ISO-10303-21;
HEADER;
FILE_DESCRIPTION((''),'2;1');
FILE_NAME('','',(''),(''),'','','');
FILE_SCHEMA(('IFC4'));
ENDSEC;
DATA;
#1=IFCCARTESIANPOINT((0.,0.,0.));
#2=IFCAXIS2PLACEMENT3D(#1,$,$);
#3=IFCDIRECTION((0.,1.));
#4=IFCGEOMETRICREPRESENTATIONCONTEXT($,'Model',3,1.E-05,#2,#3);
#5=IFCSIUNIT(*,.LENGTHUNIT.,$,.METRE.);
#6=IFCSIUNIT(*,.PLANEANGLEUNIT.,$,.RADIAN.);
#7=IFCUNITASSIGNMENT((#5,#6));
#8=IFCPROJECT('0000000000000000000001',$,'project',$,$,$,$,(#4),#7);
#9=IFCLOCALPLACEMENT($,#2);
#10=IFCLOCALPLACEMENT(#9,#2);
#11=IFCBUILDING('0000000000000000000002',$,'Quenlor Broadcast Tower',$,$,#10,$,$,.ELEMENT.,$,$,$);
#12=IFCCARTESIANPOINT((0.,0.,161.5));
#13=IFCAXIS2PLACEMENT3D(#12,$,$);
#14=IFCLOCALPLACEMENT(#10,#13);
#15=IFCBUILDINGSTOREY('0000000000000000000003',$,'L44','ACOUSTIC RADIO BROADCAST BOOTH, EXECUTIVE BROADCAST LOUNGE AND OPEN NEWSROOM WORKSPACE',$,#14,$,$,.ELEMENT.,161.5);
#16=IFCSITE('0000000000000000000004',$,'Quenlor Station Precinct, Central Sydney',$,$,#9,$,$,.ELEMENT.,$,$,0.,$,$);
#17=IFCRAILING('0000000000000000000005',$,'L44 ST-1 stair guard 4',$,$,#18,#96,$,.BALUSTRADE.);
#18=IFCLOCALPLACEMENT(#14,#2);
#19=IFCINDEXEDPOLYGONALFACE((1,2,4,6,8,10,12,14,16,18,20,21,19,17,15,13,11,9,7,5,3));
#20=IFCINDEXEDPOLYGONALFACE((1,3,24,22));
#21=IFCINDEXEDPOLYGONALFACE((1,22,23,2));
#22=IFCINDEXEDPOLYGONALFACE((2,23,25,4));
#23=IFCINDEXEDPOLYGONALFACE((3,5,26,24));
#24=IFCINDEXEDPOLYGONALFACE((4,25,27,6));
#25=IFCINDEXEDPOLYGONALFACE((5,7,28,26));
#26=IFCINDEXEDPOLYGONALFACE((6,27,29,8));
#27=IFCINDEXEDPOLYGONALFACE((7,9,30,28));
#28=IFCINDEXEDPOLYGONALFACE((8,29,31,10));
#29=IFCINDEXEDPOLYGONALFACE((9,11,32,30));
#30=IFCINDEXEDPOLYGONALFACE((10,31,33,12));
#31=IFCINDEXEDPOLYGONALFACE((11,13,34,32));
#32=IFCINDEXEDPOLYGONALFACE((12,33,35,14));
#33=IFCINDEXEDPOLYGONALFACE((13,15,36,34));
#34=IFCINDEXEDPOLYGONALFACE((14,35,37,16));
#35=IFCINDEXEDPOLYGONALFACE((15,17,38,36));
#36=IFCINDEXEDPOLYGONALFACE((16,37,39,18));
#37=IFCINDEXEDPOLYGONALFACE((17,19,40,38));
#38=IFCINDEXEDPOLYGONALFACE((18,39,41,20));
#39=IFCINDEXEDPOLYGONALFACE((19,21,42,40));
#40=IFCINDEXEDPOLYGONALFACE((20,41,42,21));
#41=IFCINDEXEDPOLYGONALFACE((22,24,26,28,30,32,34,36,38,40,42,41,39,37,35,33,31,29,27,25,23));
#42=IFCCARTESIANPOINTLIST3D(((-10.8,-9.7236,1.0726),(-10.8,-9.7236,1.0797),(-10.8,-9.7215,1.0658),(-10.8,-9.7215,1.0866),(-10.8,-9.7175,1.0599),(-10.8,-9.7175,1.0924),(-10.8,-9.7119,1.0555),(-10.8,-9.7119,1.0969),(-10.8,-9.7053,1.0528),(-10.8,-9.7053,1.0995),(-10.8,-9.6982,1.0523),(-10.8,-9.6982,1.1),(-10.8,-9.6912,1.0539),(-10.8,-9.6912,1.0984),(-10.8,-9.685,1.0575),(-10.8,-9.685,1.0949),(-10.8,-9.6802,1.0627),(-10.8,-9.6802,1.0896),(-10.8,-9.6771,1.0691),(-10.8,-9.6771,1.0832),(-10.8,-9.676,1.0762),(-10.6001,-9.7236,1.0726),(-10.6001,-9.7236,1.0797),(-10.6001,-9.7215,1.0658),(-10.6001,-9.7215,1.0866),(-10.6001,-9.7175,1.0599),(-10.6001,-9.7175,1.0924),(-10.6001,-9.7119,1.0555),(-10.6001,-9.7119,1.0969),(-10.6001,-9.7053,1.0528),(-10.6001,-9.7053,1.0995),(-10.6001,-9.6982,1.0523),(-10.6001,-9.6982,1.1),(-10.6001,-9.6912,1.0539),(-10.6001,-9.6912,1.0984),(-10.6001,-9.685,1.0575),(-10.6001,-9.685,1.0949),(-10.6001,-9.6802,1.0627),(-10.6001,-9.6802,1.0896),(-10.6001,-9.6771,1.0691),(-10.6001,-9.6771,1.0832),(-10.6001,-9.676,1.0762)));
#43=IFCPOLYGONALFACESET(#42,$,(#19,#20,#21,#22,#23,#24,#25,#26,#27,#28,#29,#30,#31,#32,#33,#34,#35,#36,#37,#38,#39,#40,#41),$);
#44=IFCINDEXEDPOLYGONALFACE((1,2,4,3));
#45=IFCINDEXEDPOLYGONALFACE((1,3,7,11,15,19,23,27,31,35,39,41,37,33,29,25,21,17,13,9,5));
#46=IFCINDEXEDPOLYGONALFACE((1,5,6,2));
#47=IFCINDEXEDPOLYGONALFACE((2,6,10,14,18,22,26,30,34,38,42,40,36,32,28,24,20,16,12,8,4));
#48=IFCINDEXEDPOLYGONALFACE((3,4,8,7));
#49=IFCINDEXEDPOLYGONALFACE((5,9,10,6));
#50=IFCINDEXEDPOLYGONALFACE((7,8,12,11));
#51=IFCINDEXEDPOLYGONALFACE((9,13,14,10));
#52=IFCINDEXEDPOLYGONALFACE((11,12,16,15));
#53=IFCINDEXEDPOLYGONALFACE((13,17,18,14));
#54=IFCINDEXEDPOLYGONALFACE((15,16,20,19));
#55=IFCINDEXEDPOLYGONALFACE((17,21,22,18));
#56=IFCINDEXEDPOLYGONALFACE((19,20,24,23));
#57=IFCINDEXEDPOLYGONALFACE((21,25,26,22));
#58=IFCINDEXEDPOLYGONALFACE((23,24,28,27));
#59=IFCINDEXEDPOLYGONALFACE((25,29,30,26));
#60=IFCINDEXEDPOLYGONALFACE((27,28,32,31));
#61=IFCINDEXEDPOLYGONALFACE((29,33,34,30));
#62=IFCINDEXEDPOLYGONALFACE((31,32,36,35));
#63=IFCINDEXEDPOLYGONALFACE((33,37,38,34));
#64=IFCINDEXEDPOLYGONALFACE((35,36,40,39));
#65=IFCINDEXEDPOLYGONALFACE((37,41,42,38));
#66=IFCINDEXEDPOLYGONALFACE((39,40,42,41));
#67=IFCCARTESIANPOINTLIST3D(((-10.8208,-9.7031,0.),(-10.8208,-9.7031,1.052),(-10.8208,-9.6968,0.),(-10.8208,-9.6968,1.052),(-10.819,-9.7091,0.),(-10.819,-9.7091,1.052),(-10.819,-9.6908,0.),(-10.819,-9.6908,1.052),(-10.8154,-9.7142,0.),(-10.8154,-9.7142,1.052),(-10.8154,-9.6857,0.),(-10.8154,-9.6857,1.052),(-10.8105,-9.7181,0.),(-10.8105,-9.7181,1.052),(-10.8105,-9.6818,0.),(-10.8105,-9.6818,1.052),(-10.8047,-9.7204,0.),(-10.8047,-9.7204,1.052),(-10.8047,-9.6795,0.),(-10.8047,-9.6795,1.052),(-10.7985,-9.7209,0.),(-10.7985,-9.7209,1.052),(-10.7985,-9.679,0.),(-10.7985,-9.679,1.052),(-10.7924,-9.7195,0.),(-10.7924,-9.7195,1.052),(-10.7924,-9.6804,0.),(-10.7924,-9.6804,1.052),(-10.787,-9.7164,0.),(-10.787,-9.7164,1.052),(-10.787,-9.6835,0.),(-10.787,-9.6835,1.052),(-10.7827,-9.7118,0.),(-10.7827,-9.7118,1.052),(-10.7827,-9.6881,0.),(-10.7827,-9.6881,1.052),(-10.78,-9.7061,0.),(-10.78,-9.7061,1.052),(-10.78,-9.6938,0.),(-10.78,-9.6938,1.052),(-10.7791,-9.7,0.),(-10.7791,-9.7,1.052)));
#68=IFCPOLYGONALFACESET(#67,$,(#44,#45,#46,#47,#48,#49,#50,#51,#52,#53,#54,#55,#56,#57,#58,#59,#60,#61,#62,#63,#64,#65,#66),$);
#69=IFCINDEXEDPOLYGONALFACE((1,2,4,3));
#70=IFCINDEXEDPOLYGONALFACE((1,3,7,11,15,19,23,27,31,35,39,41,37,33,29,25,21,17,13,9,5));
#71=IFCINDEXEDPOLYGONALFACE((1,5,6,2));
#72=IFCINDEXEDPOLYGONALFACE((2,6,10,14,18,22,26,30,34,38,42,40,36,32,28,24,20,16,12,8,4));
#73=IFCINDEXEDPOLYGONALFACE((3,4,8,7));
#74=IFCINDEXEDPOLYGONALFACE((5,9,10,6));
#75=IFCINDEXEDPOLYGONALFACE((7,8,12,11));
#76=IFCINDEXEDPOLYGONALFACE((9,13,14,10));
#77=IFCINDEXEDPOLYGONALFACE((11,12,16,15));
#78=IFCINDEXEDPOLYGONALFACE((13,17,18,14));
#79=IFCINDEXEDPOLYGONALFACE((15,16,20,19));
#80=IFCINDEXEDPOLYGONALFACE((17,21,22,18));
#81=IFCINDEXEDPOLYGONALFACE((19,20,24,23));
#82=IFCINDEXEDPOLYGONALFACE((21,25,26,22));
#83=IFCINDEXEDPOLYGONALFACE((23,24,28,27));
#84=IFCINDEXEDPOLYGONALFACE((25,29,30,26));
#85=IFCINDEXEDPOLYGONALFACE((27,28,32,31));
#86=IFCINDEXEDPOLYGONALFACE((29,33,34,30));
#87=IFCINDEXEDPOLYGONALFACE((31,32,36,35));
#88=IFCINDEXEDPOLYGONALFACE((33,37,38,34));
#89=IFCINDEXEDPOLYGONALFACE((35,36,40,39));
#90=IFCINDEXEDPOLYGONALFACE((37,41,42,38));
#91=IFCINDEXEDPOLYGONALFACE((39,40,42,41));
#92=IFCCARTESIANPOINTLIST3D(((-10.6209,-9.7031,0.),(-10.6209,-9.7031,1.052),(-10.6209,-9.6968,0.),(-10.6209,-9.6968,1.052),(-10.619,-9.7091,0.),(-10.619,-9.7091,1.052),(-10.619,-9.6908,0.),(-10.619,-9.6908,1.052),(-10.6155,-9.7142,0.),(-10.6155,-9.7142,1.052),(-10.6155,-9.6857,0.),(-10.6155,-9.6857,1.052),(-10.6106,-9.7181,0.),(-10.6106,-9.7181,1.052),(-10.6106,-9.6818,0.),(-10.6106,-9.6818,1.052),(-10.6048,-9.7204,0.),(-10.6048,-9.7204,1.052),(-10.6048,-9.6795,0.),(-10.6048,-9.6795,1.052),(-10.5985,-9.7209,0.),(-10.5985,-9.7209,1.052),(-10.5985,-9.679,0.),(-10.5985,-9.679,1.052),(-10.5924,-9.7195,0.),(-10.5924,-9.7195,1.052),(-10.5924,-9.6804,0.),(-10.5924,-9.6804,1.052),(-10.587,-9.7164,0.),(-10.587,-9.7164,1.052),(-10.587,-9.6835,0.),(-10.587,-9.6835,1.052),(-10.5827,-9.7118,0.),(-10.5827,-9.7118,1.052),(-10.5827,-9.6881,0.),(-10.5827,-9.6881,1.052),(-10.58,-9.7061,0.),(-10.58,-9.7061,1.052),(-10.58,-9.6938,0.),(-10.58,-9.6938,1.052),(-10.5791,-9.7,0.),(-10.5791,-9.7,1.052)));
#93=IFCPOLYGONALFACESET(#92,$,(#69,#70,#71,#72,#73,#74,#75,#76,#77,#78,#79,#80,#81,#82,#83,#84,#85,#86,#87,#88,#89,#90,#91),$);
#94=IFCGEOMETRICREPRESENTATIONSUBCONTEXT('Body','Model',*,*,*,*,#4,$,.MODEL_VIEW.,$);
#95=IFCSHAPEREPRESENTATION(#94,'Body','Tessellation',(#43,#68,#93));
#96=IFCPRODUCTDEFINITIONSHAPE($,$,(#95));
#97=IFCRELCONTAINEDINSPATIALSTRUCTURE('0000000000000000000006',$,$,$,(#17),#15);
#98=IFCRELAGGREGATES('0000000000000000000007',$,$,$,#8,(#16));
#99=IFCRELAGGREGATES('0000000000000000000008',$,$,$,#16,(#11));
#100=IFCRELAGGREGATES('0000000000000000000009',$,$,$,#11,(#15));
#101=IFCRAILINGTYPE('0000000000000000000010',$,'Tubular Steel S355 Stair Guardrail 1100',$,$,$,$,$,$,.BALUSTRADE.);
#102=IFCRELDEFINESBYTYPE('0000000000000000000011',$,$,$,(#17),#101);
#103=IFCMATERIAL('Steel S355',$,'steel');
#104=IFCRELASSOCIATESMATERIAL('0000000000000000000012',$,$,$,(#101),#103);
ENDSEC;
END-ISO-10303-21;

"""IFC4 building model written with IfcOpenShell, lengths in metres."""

from ifc_helpers import new_model, si_unit, direction, frame, origin, origin_2d, place, context, subcontext, project, spatial, circle, extrude, material, type_object, element, save


model = new_model("IFC4")

# Units and contexts
model_context = context("Model", 3, precision=1e-05, world=origin(), true_north=direction((0.0, 1.0)))
body_context = subcontext(model_context, "Body", "Model", "MODEL_VIEW")
ifc_project = project(units=[si_unit("LENGTHUNIT", "METRE"), si_unit("PLANEANGLEUNIT", "RADIAN")], contexts=[model_context])

# Site, building, storey
site_placement = place(None, origin())
site = spatial("IfcSite", under=ifc_project, at=site_placement, Name="Quenlor Station Precinct, Central Sydney", CompositionType="ELEMENT", RefElevation=0.0)
building_placement = place(site_placement, origin())
building = spatial("IfcBuilding", under=site, at=building_placement, Name="Quenlor Broadcast Tower", CompositionType="ELEMENT")
storey_placement = place(building_placement, frame((0.0, 0.0, 161.5)))
storey = spatial("IfcBuildingStorey", under=building, at=storey_placement, Name="L44", Description="ACOUSTIC RADIO BROADCAST BOOTH, EXECUTIVE BROADCAST LOUNGE AND OPEN NEWSROOM WORKSPACE", CompositionType="ELEMENT", Elevation=161.5)

# Railing
ifc_material_1 = material(Name="Steel S355", Category="steel")
railing_type_1 = type_object("IfcRailingType", Name="Tubular Steel S355 Stair Guardrail 1100", PredefinedType="BALUSTRADE", material=ifc_material_1)
railing_1_placement = place(storey_placement, frame((-10.8, -9.7, 0.0)))
element("IfcRailing", 1, at=railing_1_placement, inside=storey, type_object=railing_type_1, Name="L44 ST-1 stair guard 4", PredefinedType="BALUSTRADE", context=body_context, shape_type="SweptSolid", body=[
    extrude(circle(Radius=0.0239, at=origin_2d()), frame((0.0, 0.0, 1.0762), z_axis=(1.0, 0.0, 0.0), x_axis=(0.0, 1.0, 0.0)), (0.0, 0.0, 1.0), 0.2),
    extrude(circle(Radius=0.021, at=origin_2d()), origin(), (0.0, 0.0, 1.0), 1.052),
    extrude(circle(Radius=0.021, at=origin_2d()), frame((0.2, 0.0, 0.0)), (0.0, 0.0, 1.0), 1.052),
])

save(model, "model.ifc")
